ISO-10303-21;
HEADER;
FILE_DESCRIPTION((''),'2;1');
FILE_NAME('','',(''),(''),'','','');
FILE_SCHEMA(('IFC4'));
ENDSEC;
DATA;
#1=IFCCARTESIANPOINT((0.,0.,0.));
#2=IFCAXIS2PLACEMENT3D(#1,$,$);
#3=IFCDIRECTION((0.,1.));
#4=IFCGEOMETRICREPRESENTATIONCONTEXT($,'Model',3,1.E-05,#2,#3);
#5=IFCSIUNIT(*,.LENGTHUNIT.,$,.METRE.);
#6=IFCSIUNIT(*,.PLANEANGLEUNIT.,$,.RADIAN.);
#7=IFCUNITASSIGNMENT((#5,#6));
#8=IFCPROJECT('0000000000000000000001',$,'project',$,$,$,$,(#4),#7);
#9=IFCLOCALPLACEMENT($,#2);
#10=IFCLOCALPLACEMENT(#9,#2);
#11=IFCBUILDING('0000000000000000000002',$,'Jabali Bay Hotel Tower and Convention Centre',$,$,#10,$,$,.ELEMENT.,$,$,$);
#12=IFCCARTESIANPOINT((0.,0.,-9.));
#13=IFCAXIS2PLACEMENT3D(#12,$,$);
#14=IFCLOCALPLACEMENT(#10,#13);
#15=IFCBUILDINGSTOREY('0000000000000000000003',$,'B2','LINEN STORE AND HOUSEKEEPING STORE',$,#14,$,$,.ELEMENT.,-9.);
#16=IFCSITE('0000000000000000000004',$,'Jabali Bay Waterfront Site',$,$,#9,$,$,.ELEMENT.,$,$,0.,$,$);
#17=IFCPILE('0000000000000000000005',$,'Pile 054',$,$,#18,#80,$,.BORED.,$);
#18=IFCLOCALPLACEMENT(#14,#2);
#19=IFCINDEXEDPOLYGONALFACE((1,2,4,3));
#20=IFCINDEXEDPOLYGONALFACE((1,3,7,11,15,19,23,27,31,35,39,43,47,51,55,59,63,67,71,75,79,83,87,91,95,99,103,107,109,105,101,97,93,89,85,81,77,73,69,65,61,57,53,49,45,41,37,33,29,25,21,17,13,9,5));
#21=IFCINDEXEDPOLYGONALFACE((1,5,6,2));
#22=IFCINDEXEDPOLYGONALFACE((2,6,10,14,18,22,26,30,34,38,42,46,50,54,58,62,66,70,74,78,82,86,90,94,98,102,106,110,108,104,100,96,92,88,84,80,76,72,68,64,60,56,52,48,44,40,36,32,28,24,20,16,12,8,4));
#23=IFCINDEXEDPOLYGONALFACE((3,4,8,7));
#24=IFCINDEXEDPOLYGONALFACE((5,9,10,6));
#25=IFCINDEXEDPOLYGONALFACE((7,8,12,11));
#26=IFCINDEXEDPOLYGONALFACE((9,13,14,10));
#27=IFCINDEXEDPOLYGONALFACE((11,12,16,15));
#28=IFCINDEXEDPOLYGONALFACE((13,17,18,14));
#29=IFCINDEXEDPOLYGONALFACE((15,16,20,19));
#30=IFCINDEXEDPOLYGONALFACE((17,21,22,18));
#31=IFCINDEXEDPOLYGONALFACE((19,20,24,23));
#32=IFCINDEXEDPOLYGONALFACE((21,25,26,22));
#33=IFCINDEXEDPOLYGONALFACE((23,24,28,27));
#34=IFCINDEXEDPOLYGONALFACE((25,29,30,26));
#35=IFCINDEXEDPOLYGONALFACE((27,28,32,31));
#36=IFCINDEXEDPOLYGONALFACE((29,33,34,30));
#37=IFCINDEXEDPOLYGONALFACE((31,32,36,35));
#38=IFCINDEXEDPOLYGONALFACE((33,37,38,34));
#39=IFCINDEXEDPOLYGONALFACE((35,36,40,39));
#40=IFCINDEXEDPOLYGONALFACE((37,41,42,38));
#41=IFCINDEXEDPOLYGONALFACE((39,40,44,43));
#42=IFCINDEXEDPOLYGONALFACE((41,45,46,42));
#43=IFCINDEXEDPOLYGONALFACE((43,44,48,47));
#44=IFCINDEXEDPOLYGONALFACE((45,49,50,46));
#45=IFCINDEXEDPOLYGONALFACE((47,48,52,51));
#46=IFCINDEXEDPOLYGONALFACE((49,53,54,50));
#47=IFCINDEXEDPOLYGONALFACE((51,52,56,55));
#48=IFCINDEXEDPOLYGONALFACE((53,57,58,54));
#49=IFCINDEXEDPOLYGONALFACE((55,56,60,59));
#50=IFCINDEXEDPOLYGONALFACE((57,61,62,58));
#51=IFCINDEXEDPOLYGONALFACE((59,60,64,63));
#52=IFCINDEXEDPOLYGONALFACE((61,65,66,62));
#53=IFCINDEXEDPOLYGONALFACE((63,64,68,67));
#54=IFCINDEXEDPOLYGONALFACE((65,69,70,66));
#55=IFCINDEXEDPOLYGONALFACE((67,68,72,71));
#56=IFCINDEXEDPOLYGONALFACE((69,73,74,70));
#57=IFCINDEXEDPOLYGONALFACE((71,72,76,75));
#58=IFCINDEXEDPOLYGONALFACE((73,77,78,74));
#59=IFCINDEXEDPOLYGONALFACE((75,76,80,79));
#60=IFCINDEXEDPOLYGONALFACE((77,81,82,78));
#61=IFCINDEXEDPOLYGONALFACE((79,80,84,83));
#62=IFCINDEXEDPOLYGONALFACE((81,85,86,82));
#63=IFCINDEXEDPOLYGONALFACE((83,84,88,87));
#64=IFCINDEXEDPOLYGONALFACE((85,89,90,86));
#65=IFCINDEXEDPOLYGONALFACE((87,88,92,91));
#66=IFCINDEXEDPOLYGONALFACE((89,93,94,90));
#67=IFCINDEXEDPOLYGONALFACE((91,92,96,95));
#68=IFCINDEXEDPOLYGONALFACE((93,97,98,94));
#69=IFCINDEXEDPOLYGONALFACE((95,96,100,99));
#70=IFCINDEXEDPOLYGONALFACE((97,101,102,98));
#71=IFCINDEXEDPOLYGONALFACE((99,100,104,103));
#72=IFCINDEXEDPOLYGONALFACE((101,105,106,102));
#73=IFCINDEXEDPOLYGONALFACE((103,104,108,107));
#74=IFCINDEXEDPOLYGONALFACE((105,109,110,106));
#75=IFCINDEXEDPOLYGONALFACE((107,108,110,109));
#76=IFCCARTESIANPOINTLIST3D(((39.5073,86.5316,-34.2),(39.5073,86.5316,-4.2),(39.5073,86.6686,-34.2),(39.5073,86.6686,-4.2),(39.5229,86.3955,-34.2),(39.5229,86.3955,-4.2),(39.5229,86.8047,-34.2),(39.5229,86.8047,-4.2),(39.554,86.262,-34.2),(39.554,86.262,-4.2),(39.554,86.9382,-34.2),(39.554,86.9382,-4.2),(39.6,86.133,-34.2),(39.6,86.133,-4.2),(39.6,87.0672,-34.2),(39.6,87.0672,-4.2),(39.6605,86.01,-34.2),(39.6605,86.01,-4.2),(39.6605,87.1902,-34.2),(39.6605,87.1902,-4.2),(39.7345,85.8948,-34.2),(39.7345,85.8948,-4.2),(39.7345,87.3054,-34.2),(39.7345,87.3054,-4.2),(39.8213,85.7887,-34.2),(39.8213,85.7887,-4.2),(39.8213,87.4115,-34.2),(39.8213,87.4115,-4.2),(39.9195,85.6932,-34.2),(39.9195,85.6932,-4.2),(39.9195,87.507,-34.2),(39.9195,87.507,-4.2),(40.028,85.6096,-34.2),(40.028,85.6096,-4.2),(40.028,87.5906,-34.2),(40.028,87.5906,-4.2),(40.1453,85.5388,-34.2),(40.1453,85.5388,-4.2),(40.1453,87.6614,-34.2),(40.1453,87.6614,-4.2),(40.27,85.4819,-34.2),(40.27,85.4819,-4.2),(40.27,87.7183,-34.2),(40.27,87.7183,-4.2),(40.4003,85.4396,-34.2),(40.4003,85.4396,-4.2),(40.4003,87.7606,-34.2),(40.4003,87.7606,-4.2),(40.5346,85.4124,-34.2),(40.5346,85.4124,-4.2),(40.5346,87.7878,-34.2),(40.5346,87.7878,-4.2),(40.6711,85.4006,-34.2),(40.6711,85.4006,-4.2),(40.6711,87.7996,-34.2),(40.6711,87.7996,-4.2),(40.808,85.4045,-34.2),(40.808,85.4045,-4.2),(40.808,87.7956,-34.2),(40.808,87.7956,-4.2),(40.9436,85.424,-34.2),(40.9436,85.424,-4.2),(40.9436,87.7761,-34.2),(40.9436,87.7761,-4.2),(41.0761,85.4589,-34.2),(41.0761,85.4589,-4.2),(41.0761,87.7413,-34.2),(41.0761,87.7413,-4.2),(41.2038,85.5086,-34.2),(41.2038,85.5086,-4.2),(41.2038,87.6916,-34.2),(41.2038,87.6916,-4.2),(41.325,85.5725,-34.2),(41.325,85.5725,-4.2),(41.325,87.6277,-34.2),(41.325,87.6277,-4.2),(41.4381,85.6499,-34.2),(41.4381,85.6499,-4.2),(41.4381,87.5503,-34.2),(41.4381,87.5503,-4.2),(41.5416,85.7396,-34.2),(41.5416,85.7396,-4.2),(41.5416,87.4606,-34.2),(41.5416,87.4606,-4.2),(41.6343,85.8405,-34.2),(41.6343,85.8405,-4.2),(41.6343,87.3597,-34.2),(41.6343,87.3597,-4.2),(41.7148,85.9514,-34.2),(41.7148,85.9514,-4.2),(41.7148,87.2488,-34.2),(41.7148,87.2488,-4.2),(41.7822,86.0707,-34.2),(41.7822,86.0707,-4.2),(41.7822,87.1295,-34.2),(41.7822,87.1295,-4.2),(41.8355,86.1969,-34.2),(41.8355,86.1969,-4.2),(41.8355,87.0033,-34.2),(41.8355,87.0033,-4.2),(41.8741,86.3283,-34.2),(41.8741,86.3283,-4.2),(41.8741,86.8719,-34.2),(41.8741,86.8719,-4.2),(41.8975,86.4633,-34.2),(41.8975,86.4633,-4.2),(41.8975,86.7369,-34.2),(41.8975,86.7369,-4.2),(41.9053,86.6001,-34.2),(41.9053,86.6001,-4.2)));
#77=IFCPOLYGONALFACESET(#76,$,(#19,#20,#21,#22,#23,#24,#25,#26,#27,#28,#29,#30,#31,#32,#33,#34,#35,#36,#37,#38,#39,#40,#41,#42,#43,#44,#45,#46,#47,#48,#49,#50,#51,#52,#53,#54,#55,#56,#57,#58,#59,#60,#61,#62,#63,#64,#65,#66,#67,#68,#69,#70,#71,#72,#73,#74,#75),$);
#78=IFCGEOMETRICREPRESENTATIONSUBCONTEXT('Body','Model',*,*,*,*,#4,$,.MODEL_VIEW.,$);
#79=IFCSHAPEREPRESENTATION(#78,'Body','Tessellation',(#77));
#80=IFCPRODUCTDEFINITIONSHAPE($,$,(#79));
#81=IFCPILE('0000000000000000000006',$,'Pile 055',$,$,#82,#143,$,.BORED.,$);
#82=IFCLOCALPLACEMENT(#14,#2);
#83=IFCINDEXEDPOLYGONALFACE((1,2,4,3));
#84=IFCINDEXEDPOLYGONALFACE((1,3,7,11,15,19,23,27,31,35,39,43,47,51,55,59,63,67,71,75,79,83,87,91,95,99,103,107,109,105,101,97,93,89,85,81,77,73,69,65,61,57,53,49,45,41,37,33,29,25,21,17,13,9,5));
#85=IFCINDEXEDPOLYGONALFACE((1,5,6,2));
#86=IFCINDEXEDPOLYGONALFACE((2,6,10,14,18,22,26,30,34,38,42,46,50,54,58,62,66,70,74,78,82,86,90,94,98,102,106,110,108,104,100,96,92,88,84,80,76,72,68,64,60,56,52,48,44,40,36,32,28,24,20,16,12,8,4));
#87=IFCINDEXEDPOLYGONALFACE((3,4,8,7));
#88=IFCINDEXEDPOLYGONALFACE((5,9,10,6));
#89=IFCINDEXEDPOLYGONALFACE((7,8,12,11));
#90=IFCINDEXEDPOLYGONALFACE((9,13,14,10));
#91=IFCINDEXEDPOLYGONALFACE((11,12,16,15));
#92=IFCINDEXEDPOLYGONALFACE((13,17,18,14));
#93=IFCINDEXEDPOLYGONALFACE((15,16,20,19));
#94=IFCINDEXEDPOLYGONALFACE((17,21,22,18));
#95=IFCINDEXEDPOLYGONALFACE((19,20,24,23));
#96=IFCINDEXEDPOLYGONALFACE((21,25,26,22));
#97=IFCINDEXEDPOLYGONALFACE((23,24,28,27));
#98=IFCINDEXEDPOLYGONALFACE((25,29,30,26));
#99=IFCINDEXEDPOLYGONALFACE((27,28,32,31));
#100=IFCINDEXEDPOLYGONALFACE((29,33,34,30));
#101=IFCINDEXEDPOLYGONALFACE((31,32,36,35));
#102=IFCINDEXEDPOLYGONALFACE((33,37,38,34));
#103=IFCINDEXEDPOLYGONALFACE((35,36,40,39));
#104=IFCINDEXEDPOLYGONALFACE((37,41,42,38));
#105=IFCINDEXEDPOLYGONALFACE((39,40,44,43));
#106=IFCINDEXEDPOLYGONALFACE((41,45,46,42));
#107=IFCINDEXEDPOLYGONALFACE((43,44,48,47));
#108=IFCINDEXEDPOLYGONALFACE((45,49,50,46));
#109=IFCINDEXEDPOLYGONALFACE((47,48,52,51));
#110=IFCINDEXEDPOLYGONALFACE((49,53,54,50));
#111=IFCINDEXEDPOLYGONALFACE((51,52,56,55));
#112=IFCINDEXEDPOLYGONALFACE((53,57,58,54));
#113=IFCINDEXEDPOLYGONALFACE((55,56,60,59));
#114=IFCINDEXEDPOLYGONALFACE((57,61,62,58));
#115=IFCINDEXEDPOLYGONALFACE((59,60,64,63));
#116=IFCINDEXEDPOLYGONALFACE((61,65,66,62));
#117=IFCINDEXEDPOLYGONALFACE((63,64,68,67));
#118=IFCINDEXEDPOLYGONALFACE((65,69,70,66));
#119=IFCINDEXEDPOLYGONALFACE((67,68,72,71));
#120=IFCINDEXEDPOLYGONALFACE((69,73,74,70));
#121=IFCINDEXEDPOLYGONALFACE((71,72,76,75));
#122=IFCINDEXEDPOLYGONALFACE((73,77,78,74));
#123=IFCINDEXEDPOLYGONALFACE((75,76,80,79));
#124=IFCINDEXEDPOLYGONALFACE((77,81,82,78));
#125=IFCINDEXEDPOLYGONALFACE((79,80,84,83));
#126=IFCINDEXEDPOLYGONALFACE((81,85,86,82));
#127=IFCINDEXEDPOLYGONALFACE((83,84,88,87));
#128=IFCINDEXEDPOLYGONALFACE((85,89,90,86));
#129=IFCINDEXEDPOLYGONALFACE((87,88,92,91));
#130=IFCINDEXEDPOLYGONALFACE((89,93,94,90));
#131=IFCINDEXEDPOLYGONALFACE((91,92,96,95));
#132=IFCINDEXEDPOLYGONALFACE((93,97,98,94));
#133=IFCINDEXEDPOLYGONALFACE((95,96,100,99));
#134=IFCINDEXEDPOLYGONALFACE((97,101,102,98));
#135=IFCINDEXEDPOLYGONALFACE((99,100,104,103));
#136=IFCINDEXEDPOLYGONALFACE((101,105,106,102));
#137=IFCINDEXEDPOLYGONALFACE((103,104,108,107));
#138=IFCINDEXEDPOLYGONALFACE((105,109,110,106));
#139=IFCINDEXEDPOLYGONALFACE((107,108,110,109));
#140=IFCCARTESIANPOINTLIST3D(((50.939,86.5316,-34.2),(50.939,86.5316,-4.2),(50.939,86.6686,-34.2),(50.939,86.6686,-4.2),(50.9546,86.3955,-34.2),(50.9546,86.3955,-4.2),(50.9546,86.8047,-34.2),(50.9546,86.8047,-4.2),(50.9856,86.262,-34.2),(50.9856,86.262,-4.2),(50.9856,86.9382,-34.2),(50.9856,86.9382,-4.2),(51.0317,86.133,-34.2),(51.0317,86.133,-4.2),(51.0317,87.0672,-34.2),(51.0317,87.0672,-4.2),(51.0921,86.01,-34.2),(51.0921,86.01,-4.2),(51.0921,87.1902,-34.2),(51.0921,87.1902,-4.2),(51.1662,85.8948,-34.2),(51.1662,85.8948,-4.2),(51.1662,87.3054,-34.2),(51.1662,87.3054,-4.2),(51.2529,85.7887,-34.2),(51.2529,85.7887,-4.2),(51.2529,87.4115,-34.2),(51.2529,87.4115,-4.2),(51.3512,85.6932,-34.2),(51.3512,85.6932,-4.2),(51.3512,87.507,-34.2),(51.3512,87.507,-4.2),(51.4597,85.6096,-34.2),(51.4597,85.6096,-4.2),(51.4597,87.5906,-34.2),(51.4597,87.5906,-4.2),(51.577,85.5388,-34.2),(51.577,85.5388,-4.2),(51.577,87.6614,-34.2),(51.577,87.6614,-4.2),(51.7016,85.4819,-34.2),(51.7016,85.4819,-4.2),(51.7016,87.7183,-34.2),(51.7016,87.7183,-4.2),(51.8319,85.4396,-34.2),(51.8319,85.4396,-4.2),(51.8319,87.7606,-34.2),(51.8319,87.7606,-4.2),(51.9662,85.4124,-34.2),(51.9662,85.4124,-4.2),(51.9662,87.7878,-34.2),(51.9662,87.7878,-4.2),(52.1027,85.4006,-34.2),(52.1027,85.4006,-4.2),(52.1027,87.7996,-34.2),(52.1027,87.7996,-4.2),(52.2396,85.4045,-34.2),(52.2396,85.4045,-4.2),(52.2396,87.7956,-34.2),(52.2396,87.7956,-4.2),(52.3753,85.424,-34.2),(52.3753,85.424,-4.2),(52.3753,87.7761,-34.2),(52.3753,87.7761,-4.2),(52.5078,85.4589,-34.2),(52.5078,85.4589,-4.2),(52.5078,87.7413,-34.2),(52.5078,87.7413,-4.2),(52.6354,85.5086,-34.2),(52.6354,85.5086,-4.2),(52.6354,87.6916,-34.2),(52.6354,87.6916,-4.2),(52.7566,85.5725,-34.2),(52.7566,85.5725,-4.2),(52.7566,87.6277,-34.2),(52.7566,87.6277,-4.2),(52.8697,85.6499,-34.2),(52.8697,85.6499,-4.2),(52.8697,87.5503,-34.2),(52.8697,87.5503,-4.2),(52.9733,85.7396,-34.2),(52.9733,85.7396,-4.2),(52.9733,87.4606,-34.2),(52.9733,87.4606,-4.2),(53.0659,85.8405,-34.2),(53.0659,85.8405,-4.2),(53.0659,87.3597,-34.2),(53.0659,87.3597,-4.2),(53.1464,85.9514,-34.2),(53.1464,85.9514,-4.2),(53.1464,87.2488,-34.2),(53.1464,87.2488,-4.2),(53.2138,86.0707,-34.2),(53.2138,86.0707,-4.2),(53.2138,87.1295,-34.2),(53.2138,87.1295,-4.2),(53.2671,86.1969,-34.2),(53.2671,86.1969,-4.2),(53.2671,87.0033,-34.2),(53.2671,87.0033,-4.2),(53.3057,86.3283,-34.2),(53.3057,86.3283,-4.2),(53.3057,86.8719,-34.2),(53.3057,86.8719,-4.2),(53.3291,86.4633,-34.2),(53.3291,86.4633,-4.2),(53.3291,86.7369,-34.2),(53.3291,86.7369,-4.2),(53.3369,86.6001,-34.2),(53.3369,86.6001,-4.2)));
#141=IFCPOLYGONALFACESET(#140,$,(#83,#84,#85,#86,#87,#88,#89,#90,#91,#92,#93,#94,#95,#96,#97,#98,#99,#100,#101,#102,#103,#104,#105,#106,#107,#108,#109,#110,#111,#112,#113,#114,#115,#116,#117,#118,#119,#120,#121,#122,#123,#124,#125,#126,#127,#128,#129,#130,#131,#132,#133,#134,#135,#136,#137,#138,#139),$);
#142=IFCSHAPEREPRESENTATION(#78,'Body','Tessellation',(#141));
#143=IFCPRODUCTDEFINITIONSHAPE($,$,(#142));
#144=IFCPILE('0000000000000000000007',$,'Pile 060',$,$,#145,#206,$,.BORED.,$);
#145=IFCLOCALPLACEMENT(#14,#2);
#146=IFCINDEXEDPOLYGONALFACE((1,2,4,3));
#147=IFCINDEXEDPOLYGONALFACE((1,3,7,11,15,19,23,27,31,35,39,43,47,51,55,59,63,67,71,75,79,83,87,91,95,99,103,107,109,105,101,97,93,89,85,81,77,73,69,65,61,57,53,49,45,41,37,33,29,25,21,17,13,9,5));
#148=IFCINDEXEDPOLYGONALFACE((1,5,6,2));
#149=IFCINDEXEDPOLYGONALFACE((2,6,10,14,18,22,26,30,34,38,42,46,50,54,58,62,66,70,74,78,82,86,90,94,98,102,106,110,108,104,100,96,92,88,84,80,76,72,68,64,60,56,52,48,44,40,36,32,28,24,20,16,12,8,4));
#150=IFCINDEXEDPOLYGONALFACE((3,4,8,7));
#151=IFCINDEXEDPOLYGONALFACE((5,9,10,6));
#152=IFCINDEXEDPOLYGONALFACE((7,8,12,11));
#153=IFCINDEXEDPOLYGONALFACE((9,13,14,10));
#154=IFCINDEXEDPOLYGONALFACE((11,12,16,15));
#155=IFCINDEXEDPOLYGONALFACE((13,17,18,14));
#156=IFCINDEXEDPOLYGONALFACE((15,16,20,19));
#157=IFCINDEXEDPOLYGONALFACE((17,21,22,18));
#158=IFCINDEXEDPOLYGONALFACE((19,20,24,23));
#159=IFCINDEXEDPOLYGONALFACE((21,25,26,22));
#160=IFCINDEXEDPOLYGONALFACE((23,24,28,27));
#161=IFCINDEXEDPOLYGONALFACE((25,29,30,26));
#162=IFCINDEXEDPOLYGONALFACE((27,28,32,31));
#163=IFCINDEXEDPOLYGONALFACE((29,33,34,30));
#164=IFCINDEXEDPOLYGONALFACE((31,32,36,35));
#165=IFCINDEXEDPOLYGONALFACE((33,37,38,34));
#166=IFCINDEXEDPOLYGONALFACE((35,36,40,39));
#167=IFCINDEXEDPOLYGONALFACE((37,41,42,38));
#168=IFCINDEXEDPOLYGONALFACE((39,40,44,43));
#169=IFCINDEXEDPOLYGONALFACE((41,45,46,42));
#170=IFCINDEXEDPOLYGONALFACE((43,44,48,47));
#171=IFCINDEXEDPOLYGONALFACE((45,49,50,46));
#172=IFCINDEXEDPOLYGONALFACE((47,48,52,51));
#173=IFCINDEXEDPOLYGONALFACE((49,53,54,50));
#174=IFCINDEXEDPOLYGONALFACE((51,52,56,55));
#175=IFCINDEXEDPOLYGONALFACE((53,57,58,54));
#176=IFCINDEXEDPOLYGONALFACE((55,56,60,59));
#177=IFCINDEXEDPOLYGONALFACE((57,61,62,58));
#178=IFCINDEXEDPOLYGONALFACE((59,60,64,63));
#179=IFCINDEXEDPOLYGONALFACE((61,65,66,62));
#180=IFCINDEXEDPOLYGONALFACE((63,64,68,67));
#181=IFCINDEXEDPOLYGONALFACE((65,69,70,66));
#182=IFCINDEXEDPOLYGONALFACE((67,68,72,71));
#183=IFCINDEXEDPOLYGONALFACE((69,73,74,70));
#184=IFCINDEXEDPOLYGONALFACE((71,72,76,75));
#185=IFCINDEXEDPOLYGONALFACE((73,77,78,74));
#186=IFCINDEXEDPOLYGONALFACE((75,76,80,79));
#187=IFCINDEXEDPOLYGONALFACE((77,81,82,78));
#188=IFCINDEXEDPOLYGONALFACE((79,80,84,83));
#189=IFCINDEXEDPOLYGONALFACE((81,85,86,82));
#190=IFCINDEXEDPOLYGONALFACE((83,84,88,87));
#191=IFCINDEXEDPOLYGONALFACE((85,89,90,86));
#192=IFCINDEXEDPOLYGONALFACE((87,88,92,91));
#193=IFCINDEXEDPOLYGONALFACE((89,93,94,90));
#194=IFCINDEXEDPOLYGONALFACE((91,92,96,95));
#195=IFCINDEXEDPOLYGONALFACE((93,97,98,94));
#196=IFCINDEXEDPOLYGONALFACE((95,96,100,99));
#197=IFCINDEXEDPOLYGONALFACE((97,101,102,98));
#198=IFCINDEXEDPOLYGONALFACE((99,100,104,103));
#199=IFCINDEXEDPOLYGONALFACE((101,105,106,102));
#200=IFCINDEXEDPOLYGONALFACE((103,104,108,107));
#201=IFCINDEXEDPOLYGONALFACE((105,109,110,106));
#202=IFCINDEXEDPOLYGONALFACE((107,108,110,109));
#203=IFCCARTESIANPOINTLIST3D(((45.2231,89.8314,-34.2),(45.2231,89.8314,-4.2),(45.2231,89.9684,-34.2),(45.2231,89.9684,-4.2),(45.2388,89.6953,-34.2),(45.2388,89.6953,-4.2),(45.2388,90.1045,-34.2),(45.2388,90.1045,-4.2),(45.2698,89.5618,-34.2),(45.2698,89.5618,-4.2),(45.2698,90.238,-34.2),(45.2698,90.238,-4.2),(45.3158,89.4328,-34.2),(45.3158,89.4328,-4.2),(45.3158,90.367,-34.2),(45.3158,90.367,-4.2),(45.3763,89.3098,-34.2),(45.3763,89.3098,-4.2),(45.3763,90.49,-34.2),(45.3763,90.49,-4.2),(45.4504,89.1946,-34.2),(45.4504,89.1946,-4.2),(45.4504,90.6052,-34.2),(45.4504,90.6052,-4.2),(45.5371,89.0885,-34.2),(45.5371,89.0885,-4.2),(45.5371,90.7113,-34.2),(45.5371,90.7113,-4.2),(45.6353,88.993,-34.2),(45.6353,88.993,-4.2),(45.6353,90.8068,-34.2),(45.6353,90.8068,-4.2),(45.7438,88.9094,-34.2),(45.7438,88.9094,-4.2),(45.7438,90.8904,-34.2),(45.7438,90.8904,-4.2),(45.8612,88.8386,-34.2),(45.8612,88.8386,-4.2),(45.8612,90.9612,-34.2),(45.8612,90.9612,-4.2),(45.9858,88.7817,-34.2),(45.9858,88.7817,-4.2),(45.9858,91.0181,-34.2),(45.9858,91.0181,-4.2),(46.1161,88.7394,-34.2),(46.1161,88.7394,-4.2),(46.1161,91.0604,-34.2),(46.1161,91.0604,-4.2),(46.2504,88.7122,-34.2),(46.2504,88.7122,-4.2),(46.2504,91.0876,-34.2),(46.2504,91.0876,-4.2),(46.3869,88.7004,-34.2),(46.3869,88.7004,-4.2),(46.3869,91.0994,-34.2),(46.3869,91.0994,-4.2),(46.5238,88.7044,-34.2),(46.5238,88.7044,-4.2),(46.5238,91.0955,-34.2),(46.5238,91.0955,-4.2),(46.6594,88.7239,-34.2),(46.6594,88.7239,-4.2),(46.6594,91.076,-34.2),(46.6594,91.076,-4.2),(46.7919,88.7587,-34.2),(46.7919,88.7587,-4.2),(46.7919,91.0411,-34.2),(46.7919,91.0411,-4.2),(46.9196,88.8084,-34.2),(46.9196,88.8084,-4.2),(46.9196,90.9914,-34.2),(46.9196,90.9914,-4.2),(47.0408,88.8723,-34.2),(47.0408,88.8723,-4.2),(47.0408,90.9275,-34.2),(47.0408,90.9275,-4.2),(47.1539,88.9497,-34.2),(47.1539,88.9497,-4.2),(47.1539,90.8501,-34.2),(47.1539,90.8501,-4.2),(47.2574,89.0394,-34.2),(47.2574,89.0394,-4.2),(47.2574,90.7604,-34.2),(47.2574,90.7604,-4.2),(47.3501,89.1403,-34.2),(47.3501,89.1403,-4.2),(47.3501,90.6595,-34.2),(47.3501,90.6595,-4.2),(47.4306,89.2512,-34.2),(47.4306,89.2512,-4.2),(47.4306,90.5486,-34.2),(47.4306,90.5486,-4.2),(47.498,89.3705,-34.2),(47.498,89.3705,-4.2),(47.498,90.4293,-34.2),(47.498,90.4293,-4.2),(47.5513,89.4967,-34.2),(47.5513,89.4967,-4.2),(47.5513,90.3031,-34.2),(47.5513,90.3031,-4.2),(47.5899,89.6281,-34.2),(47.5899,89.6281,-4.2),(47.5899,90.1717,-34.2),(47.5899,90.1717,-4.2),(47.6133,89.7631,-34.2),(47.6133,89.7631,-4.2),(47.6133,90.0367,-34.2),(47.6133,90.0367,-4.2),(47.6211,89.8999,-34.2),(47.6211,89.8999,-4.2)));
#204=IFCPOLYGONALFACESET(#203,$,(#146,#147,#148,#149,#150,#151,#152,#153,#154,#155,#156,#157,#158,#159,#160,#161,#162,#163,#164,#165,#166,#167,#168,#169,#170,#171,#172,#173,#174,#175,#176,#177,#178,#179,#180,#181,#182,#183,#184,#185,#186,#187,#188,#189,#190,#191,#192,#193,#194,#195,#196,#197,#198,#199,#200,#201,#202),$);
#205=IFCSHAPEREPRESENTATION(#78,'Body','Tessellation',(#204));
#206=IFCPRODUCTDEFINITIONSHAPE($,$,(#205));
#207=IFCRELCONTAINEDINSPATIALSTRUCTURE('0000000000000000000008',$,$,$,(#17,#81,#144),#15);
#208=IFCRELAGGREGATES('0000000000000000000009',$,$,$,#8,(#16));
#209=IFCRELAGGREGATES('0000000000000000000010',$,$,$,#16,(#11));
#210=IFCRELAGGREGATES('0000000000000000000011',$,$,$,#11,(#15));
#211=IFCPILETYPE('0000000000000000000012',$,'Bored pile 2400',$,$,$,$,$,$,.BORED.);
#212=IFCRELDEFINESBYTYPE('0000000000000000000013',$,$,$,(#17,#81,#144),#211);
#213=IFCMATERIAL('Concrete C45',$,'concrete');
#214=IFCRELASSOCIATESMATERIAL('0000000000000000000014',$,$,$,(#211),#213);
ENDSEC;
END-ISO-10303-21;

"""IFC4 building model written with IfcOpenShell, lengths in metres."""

from ifc_helpers import new_model, si_unit, direction, frame, origin, origin_2d, place, context, subcontext, project, spatial, circle, extrude, material, material_profile, profile_set, type_object, element, save


model = new_model("IFC4")

# Units and contexts
model_context = context("Model", 3, precision=1e-05, world=origin(), true_north=direction((0.0, 1.0)))
body_context = subcontext(model_context, "Body", "Model", "MODEL_VIEW")
ifc_project = project(units=[si_unit("LENGTHUNIT", "METRE"), si_unit("PLANEANGLEUNIT", "RADIAN")], contexts=[model_context])

# Site, building, storey
site_placement = place(None, origin())
site = spatial("IfcSite", under=ifc_project, at=site_placement, Name="Jabali Bay Waterfront Site", CompositionType="ELEMENT", RefElevation=0.0)
building_placement = place(site_placement, origin())
building = spatial("IfcBuilding", under=site, at=building_placement, Name="Jabali Bay Hotel Tower and Convention Centre", CompositionType="ELEMENT")
storey_placement = place(building_placement, frame((0.0, 0.0, -9.0)))
storey = spatial("IfcBuildingStorey", under=building, at=storey_placement, Name="B2", Description="LINEN STORE AND HOUSEKEEPING STORE", CompositionType="ELEMENT", Elevation=-9.0)

# Piles
ifc_material_1 = material(Name="Concrete C45", Category="concrete")
ifc_material_profile_1 = material_profile(ifc_material_1, circle(Radius=1.2, at=origin_2d()), Name="Bored pile 2400")
ifc_profile_set_1 = profile_set([ifc_material_profile_1], Name="Concrete C45")
pile_type = type_object("IfcPileType", Name="Bored pile 2400", PredefinedType="BORED", material=ifc_profile_set_1)
for number, where, z_axis, x_axis, name in (
    (1, (40.7053, 86.6001, -4.2), (0.0, 0.0, -1.0), (1.0, 0.0, 0.0), "Pile 054"),
    (2, (52.137, 86.6001, -4.2), (0.0, 0.0, -1.0), (1.0, 0.0, 0.0), "Pile 055"),
    (3, (46.4211, 89.8999, -4.2), (0.0, 0.0, -1.0), (1.0, 0.0, 0.0), "Pile 060"),
):
    element("IfcPile", number, at=place(storey_placement, frame(where, z_axis=z_axis, x_axis=x_axis)), inside=storey, type_object=pile_type, Name=name, PredefinedType="BORED", context=body_context, shape_type="SweptSolid", body=[
        extrude(circle(Radius=1.2, at=origin_2d()), origin(), (0.0, 0.0, 1.0), 30.0),
    ])

save(model, "model.ifc")
